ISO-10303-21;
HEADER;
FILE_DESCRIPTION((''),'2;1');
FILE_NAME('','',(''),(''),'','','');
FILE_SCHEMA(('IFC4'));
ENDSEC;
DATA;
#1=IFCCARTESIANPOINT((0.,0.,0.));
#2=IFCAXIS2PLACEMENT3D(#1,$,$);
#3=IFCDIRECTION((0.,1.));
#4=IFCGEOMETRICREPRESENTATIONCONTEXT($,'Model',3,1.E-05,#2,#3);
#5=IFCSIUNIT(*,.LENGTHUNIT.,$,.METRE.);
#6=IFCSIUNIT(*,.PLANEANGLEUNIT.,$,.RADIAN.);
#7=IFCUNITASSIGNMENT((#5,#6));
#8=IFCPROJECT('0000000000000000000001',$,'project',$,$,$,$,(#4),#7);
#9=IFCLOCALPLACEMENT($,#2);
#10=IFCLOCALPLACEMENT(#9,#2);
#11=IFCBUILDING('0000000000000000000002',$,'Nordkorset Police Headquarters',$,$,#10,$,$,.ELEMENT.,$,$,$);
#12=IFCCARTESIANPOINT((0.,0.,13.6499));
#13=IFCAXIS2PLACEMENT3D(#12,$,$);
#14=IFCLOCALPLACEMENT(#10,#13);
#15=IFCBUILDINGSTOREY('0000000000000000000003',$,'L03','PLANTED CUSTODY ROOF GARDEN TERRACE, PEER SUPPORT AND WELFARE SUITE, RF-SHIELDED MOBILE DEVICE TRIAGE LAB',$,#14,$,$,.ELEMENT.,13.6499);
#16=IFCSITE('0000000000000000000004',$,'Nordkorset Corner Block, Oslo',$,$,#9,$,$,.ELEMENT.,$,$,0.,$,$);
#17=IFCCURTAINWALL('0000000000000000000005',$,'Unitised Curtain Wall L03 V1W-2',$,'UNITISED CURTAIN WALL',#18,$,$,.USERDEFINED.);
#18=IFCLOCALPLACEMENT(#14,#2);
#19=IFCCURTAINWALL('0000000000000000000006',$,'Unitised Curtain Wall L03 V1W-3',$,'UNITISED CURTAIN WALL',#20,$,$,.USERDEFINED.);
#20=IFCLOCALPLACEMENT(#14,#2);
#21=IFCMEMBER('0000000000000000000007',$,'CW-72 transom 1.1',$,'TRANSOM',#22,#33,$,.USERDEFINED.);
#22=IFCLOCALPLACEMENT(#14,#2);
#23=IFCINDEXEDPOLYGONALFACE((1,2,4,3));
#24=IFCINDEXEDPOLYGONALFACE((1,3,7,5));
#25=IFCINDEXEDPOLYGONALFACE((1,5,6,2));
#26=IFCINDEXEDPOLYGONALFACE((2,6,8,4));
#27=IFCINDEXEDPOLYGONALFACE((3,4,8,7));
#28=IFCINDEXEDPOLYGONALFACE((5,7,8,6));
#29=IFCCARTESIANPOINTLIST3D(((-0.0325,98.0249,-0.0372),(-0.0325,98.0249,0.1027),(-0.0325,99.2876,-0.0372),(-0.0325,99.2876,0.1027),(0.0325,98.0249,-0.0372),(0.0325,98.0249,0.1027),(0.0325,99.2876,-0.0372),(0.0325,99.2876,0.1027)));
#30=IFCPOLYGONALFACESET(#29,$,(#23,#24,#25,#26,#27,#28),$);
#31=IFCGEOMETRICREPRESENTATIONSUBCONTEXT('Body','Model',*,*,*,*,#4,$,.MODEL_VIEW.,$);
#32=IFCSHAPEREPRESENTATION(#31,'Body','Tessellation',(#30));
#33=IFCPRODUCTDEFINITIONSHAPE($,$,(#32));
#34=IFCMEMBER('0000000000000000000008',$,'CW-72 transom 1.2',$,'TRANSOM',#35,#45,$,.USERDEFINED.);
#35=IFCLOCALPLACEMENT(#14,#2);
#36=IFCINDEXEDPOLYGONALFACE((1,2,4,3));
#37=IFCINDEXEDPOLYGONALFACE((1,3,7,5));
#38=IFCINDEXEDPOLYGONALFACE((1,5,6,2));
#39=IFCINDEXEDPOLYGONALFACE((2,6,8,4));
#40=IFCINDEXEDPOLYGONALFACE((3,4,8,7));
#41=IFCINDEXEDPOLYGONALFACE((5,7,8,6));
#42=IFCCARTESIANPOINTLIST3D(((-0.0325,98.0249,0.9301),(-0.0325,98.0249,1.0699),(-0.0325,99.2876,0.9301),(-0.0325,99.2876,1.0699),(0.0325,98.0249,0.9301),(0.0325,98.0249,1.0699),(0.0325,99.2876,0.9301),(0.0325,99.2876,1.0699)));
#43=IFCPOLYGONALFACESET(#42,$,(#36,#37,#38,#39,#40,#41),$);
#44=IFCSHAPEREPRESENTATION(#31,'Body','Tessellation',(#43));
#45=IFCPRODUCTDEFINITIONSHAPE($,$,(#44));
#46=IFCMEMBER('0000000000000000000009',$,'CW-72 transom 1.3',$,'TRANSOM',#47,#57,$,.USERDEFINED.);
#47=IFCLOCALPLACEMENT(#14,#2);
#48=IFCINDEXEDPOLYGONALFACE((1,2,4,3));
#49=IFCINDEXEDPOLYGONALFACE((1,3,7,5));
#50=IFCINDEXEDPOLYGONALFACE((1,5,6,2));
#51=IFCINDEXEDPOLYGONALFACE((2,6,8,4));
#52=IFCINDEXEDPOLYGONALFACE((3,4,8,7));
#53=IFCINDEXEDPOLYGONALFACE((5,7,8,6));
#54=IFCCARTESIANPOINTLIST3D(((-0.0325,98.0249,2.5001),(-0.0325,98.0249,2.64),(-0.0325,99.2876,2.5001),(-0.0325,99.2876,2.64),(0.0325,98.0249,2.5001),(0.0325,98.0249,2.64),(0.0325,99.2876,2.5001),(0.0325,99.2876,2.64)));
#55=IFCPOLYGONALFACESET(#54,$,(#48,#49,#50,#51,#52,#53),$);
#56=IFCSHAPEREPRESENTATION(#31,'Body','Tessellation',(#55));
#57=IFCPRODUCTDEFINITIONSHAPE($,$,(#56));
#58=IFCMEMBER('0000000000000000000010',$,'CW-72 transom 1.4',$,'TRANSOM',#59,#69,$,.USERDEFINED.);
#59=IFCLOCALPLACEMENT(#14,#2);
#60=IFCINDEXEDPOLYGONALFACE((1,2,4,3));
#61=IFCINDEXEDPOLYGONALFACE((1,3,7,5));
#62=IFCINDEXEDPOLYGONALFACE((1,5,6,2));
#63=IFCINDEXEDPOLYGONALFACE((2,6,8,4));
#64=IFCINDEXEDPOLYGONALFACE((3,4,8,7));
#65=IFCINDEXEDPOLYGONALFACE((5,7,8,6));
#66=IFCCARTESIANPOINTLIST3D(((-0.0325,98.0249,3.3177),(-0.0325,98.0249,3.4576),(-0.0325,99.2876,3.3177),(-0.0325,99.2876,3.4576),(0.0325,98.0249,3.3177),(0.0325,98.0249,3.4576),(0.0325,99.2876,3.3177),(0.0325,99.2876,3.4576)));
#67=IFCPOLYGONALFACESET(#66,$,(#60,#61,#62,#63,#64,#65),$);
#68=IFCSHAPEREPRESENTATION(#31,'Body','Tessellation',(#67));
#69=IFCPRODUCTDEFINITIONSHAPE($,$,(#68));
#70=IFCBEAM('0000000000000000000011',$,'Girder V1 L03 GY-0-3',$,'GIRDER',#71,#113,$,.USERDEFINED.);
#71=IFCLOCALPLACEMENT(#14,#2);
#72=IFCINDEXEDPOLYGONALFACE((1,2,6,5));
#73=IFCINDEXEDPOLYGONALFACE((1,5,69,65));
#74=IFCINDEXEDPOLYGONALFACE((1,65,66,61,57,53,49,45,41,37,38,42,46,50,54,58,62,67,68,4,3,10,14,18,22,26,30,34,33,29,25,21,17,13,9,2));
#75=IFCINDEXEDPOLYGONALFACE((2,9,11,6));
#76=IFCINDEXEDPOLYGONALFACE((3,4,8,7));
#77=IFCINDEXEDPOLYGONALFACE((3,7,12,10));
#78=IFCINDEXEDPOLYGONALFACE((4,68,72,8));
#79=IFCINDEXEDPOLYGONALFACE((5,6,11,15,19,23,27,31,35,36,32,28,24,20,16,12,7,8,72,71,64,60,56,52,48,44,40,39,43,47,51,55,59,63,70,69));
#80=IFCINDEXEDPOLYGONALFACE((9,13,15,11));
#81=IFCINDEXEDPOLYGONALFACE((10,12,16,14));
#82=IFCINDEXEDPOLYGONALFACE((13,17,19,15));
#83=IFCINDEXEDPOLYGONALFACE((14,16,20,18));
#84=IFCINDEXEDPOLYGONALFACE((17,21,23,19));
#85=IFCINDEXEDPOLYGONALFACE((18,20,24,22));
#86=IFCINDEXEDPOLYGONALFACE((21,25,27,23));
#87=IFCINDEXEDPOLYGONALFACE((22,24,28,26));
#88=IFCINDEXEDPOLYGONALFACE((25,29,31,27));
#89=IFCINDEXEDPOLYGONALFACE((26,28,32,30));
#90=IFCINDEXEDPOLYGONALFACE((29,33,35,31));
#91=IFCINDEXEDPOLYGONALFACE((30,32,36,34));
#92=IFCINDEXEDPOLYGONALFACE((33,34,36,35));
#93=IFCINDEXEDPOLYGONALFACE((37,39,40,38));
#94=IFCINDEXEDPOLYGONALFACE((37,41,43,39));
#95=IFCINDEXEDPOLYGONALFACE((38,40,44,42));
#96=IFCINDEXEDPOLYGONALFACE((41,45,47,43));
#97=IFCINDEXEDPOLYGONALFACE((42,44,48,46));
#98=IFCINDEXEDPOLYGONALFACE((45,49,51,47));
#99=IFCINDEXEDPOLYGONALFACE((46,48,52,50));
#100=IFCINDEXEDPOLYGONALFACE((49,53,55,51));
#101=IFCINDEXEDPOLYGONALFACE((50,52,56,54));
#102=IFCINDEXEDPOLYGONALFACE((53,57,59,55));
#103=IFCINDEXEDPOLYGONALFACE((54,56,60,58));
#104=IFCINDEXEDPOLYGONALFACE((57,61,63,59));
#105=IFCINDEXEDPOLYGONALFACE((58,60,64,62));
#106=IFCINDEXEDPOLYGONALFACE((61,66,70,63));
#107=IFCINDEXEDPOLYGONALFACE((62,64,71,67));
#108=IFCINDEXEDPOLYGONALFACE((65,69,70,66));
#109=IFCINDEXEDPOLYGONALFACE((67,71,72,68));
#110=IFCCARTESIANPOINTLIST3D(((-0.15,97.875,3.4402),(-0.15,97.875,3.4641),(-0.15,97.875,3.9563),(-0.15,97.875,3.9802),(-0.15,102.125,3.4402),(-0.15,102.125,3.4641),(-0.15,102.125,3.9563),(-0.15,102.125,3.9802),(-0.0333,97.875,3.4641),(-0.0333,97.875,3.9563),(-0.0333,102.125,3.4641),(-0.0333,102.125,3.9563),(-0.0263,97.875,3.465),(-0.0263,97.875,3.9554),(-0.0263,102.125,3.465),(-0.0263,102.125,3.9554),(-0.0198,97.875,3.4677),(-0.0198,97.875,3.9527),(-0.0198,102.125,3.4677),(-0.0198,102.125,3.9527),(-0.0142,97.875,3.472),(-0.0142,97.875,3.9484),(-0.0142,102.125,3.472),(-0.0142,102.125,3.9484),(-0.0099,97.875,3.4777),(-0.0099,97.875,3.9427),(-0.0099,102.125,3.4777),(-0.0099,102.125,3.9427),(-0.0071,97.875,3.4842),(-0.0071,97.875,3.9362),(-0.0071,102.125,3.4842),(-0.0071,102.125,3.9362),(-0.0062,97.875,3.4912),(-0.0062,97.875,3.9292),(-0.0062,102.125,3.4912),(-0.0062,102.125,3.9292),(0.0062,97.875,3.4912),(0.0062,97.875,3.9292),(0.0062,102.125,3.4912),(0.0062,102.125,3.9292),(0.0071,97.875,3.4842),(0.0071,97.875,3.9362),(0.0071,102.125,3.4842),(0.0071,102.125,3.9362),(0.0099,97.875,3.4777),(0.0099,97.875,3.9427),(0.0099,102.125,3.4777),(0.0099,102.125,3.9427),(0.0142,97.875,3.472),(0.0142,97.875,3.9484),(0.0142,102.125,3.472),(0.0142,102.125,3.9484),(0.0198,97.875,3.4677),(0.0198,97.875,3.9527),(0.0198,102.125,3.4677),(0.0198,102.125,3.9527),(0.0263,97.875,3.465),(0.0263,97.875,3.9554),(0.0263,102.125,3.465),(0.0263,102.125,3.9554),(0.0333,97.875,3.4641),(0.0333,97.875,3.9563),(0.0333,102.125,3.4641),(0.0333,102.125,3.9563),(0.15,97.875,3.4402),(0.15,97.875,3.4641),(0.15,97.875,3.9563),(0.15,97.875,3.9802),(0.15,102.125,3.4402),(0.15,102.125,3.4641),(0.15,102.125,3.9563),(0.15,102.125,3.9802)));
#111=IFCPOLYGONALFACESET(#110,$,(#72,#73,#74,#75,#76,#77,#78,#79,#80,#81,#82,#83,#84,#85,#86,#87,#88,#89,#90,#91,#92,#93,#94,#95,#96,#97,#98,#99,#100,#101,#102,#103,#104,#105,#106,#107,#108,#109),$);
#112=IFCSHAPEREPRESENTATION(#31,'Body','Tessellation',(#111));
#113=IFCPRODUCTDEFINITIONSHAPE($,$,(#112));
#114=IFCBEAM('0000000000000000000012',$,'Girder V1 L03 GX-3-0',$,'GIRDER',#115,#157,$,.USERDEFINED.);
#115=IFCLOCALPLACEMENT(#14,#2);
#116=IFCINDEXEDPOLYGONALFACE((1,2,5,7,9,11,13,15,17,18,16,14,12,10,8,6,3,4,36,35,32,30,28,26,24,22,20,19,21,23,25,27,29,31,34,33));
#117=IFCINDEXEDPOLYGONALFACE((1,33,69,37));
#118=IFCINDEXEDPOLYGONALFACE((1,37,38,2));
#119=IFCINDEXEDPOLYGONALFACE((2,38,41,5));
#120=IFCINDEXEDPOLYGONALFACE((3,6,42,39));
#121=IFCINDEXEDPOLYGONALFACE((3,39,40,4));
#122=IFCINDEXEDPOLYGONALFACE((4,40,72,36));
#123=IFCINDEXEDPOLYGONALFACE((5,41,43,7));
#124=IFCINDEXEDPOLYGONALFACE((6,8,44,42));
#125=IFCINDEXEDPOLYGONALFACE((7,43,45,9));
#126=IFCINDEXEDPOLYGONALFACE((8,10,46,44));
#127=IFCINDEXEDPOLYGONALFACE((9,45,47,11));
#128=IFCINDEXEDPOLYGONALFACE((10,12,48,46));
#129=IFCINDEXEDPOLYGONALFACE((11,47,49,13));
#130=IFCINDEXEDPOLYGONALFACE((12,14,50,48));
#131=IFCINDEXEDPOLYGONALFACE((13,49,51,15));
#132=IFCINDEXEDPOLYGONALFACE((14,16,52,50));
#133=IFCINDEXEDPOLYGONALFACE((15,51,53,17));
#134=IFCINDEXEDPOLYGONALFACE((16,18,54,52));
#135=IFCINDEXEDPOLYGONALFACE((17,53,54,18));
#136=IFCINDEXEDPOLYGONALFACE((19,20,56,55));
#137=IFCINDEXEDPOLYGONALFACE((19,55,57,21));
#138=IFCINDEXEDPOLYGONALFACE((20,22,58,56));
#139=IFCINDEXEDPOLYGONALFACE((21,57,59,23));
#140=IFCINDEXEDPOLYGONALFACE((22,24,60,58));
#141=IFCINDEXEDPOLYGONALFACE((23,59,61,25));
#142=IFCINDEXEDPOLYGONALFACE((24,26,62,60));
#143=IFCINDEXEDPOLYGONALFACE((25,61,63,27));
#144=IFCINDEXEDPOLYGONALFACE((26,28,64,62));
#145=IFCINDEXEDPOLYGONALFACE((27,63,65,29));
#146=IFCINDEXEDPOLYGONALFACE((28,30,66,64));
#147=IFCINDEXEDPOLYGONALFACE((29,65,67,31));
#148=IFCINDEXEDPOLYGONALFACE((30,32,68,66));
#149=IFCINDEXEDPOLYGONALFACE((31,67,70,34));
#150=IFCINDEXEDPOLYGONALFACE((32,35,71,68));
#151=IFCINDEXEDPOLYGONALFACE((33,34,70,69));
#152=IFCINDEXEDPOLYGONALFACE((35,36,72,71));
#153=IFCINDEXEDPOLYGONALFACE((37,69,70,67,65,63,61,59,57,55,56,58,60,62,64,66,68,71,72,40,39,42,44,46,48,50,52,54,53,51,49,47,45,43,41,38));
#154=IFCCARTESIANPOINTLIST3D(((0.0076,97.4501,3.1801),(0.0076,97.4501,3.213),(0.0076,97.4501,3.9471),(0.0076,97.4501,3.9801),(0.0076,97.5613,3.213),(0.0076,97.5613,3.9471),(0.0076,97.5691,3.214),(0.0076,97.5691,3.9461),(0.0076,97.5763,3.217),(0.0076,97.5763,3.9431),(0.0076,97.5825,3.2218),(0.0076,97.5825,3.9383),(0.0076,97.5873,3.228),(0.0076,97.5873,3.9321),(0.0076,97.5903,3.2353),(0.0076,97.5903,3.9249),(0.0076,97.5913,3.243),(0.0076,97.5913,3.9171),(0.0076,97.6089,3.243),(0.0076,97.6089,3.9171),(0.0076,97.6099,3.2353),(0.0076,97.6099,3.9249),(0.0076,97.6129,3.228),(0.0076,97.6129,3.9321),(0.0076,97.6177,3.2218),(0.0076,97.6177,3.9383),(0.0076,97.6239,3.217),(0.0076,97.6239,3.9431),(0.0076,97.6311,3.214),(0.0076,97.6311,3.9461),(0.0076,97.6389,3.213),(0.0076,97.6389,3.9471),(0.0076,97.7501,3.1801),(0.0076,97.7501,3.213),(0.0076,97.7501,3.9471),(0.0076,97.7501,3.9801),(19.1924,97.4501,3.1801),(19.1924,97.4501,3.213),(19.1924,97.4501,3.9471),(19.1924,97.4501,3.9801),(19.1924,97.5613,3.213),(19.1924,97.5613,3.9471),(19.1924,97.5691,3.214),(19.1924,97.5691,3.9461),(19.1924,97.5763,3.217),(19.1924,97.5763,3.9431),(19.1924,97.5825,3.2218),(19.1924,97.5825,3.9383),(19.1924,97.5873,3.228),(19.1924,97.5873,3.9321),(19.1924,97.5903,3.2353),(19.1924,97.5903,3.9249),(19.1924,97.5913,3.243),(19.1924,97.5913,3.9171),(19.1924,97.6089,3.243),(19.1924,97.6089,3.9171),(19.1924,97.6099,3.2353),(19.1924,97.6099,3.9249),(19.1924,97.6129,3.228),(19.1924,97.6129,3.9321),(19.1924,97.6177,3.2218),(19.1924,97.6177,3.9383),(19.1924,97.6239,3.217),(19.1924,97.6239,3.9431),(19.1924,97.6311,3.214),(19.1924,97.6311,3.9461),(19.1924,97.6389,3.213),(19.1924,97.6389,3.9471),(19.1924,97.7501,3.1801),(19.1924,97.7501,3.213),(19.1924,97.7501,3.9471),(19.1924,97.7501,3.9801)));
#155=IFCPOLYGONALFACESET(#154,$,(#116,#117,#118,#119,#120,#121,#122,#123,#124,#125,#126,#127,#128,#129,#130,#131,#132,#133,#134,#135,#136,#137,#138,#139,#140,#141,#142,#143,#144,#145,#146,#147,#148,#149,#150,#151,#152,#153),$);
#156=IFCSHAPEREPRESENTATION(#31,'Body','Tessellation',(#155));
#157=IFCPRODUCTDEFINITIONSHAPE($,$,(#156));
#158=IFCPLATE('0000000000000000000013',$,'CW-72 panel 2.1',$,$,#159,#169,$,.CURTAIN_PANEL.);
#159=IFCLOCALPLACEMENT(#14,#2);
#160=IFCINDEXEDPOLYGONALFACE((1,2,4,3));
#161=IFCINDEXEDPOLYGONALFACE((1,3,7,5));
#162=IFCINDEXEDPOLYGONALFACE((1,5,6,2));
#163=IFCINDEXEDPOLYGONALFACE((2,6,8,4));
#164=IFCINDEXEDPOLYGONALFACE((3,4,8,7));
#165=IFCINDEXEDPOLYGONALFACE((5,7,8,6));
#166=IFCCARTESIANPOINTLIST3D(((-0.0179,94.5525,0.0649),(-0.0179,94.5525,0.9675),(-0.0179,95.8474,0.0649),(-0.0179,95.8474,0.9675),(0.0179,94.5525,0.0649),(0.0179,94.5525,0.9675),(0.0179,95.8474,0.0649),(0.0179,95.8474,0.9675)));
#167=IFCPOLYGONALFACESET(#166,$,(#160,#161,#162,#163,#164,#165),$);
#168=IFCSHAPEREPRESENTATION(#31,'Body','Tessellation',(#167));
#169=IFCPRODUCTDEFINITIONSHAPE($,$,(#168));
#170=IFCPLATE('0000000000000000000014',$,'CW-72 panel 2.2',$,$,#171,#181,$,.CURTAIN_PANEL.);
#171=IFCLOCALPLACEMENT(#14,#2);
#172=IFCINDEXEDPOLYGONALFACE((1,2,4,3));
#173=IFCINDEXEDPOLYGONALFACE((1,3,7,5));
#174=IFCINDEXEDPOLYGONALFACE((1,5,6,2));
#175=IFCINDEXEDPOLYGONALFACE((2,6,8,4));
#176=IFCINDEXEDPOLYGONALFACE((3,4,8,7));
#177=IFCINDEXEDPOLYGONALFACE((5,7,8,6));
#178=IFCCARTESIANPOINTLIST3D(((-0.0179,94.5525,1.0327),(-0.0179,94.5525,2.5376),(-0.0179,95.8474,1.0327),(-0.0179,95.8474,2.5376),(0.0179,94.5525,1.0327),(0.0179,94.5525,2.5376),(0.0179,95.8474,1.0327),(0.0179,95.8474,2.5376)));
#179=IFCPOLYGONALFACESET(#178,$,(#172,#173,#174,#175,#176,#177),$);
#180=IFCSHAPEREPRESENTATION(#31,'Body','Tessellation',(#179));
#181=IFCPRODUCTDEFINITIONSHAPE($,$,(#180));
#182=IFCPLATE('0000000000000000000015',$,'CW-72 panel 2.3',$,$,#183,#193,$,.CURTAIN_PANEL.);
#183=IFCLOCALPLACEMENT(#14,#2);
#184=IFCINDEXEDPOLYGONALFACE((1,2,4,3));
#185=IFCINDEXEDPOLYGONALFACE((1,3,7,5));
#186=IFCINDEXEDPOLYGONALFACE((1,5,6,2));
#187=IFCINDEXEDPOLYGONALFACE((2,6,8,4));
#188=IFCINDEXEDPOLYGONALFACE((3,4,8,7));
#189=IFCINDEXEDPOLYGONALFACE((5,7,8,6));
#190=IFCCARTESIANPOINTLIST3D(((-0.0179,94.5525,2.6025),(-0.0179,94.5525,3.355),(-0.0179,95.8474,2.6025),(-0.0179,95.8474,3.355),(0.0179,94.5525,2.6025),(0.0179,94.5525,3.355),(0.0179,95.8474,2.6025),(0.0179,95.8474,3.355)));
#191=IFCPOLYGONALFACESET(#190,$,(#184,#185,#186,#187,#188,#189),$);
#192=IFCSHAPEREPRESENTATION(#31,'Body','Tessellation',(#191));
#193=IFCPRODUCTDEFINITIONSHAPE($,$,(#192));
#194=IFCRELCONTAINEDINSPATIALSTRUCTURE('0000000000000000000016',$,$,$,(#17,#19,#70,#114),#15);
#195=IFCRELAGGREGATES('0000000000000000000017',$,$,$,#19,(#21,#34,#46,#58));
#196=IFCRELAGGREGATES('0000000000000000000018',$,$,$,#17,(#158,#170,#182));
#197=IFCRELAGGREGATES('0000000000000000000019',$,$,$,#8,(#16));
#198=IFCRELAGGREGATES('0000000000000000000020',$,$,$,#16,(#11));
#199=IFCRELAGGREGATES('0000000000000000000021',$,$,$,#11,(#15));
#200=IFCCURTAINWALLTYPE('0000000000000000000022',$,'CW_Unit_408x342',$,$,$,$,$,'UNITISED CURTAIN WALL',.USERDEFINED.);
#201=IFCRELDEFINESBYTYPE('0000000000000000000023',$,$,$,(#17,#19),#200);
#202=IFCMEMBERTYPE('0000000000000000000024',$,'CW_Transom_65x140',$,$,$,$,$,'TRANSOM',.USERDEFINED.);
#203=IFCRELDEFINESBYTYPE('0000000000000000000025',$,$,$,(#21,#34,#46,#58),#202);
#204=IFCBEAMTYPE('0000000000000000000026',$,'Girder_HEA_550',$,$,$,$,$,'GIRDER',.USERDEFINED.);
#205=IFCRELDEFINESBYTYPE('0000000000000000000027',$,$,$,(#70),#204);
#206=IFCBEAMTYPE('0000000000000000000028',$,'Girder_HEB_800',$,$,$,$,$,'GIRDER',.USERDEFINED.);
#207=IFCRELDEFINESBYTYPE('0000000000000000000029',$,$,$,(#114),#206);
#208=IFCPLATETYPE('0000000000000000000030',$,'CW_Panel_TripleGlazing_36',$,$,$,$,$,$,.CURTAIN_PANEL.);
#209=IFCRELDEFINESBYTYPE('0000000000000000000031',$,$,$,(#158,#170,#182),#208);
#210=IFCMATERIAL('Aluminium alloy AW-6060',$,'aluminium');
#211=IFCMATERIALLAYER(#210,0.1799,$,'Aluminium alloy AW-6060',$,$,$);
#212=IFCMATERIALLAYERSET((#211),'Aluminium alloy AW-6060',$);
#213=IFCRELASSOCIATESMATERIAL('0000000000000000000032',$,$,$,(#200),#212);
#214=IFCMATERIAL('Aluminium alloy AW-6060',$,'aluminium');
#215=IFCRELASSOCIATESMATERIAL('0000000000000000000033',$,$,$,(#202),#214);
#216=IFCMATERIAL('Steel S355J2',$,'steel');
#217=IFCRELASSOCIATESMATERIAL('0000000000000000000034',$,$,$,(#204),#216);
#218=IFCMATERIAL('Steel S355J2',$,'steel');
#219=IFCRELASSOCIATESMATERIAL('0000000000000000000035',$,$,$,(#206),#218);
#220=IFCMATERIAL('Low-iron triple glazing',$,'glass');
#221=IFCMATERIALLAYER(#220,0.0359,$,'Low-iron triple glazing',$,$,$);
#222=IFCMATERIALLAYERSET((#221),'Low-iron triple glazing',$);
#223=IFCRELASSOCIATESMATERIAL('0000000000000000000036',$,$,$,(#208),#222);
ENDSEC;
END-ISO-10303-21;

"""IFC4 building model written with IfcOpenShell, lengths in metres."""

from ifc_helpers import new_model, si_unit, direction, frame, origin, origin_2d, place, context, subcontext, project, spatial, rectangle, i_section, extrude, material, layer, layer_set, material_profile, profile_set, type_object, element, aggregate, save


model = new_model("IFC4")

# Units and contexts
model_context = context("Model", 3, precision=1e-05, world=origin(), true_north=direction((0.0, 1.0)))
body_context = subcontext(model_context, "Body", "Model", "MODEL_VIEW")
ifc_project = project(units=[si_unit("LENGTHUNIT", "METRE"), si_unit("PLANEANGLEUNIT", "RADIAN")], contexts=[model_context])

# Site, building, storey
site_placement = place(None, origin())
site = spatial("IfcSite", under=ifc_project, at=site_placement, Name="Nordkorset Corner Block, Oslo", CompositionType="ELEMENT", RefElevation=0.0)
building_placement = place(site_placement, origin())
building = spatial("IfcBuilding", under=site, at=building_placement, Name="Nordkorset Police Headquarters", CompositionType="ELEMENT")
storey_placement = place(building_placement, frame((0.0, 0.0, 13.6499)))
storey = spatial("IfcBuildingStorey", under=building, at=storey_placement, Name="L03", Description="PLANTED CUSTODY ROOF GARDEN TERRACE, PEER SUPPORT AND WELFARE SUITE, RF-SHIELDED MOBILE DEVICE TRIAGE LAB", CompositionType="ELEMENT", Elevation=13.6499)

# Curtain wall
ifc_material_1 = material(Name="Aluminium alloy AW-6060", Category="aluminium")
ifc_layer_1 = layer(ifc_material_1, 0.1799, Name="Aluminium alloy AW-6060")
ifc_layer_set_1 = layer_set([ifc_layer_1], Name="Aluminium alloy AW-6060")
curtain_wall_type = type_object("IfcCurtainWallType", Name="CW_Unit_408x342", ElementType="UNITISED CURTAIN WALL", PredefinedType="USERDEFINED", material=ifc_layer_set_1)
curtain_wall_1_placement = place(storey_placement, origin())
curtain_wall_1 = element("IfcCurtainWall", 1, at=curtain_wall_1_placement, inside=storey, type_object=curtain_wall_type, Name="Unitised Curtain Wall L03 V1W-2", ObjectType="UNITISED CURTAIN WALL", PredefinedType="USERDEFINED")

# Curtain wall
curtain_wall_2_placement = place(storey_placement, origin())
curtain_wall_2 = element("IfcCurtainWall", 2, at=curtain_wall_2_placement, inside=storey, type_object=curtain_wall_type, Name="Unitised Curtain Wall L03 V1W-3", ObjectType="UNITISED CURTAIN WALL", PredefinedType="USERDEFINED")

# Members
ifc_material_2 = material(Name="Aluminium alloy AW-6060", Category="aluminium")
ifc_material_profile_1 = material_profile(ifc_material_2, rectangle(XDim=0.0649, YDim=0.1399, at=origin_2d()), Name="ALU TRAN 65x140")
ifc_profile_set_1 = profile_set([ifc_material_profile_1], Name="Aluminium alloy AW-6060")
member_type_1 = type_object("IfcMemberType", Name="CW_Transom_65x140", ElementType="TRANSOM", PredefinedType="USERDEFINED", material=ifc_profile_set_1)
member_1_placement = place(storey_placement, frame((0.0, 98.0249, 0.0327), z_axis=(0.0, 1.0, 0.0), x_axis=(-1.0, 0.0, 0.0)))
member_1 = element("IfcMember", 3, at=member_1_placement, type_object=member_type_1, Name="CW-72 transom 1.1", ObjectType="TRANSOM", PredefinedType="USERDEFINED", context=body_context, shape_type="SweptSolid", body=[
    extrude(rectangle(XDim=0.0649, YDim=0.1399, at=origin_2d()), origin(), (0.0, 0.0, 1.0), 1.2627),
])
member_2_placement = place(storey_placement, frame((0.0, 98.0249, 1.0), z_axis=(0.0, 1.0, 0.0), x_axis=(-1.0, 0.0, 0.0)))
member_2 = element("IfcMember", 4, at=member_2_placement, type_object=member_type_1, Name="CW-72 transom 1.2", ObjectType="TRANSOM", PredefinedType="USERDEFINED", context=body_context, shape_type="SweptSolid", body=[
    extrude(rectangle(XDim=0.0649, YDim=0.1399, at=origin_2d()), origin(), (0.0, 0.0, 1.0), 1.2627),
])
member_3_placement = place(storey_placement, frame((0.0, 98.0249, 2.5701), z_axis=(0.0, 1.0, 0.0), x_axis=(-1.0, 0.0, 0.0)))
member_3 = element("IfcMember", 5, at=member_3_placement, type_object=member_type_1, Name="CW-72 transom 1.3", ObjectType="TRANSOM", PredefinedType="USERDEFINED", context=body_context, shape_type="SweptSolid", body=[
    extrude(rectangle(XDim=0.0649, YDim=0.1399, at=origin_2d()), origin(), (0.0, 0.0, 1.0), 1.2627),
])
member_4_placement = place(storey_placement, frame((0.0, 98.0249, 3.3877), z_axis=(0.0, 1.0, 0.0), x_axis=(-1.0, 0.0, 0.0)))
member_4 = element("IfcMember", 6, at=member_4_placement, type_object=member_type_1, Name="CW-72 transom 1.4", ObjectType="TRANSOM", PredefinedType="USERDEFINED", context=body_context, shape_type="SweptSolid", body=[
    extrude(rectangle(XDim=0.0649, YDim=0.1399, at=origin_2d()), origin(), (0.0, 0.0, 1.0), 1.2627),
])
aggregate(curtain_wall_2, [member_1, member_2, member_3, member_4])

# Beams
ifc_material_3 = material(Name="Steel S355J2", Category="steel")
ifc_material_profile_2 = material_profile(ifc_material_3, i_section(OverallWidth=0.3, OverallDepth=0.54, WebThickness=0.0125, FlangeThickness=0.0239, FilletRadius=0.0271, at=origin_2d()), Name="HEA 550")
ifc_profile_set_2 = profile_set([ifc_material_profile_2], Name="Steel S355J2")
beam_type_1 = type_object("IfcBeamType", Name="Girder_HEA_550", ElementType="GIRDER", PredefinedType="USERDEFINED", material=ifc_profile_set_2)
beam_1_placement = place(storey_placement, frame((0.0, 97.875, 3.7102), z_axis=(0.0, 1.0, 0.0), x_axis=(-1.0, 0.0, 0.0)))
element("IfcBeam", 7, at=beam_1_placement, inside=storey, type_object=beam_type_1, Name="Girder V1 L03 GY-0-3", ObjectType="GIRDER", PredefinedType="USERDEFINED", context=body_context, shape_type="SweptSolid", body=[
    extrude(i_section(OverallWidth=0.3, OverallDepth=0.54, WebThickness=0.0125, FlangeThickness=0.0239, FilletRadius=0.0271, at=origin_2d()), origin(), (0.0, 0.0, 1.0), 4.25),
])
ifc_material_4 = material(Name="Steel S355J2", Category="steel")
ifc_material_profile_3 = material_profile(ifc_material_4, i_section(OverallWidth=0.3, OverallDepth=0.8, WebThickness=0.0176, FlangeThickness=0.033, FilletRadius=0.03, at=origin_2d()), Name="HEB 800")
ifc_profile_set_3 = profile_set([ifc_material_profile_3], Name="Steel S355J2")
beam_type_2 = type_object("IfcBeamType", Name="Girder_HEB_800", ElementType="GIRDER", PredefinedType="USERDEFINED", material=ifc_profile_set_3)
beam_2_placement = place(storey_placement, frame((0.0076, 97.6001, 3.5801), z_axis=(1.0, 0.0, 0.0), x_axis=(0.0, 1.0, 0.0)))
element("IfcBeam", 8, at=beam_2_placement, inside=storey, type_object=beam_type_2, Name="Girder V1 L03 GX-3-0", ObjectType="GIRDER", PredefinedType="USERDEFINED", context=body_context, shape_type="SweptSolid", body=[
    extrude(i_section(OverallWidth=0.3, OverallDepth=0.8, WebThickness=0.0176, FlangeThickness=0.033, FilletRadius=0.03, at=origin_2d()), origin(), (0.0, 0.0, 1.0), 19.1848),
])

# Plates
ifc_material_5 = material(Name="Low-iron triple glazing", Category="glass")
ifc_layer_2 = layer(ifc_material_5, 0.0359, Name="Low-iron triple glazing")
ifc_layer_set_2 = layer_set([ifc_layer_2], Name="Low-iron triple glazing")
plate_type = type_object("IfcPlateType", Name="CW_Panel_TripleGlazing_36", PredefinedType="CURTAIN_PANEL", material=ifc_layer_set_2)
plate_1_placement = place(storey_placement, frame((0.0, 95.2, 0.0649), z_axis=(0.0, 0.0, 1.0), x_axis=(0.0, 1.0, 0.0)))
plate_1 = element("IfcPlate", 9, at=plate_1_placement, type_object=plate_type, Name="CW-72 panel 2.1", PredefinedType="CURTAIN_PANEL", context=body_context, shape_type="SweptSolid", body=[
    extrude(rectangle(XDim=1.2949, YDim=0.0359, at=origin_2d()), origin(), (0.0, 0.0, 1.0), 0.9026),
])
plate_2_placement = place(storey_placement, frame((0.0, 95.2, 1.0327), z_axis=(0.0, 0.0, 1.0), x_axis=(0.0, 1.0, 0.0)))
plate_2 = element("IfcPlate", 10, at=plate_2_placement, type_object=plate_type, Name="CW-72 panel 2.2", PredefinedType="CURTAIN_PANEL", context=body_context, shape_type="SweptSolid", body=[
    extrude(rectangle(XDim=1.2949, YDim=0.0359, at=origin_2d()), origin(), (0.0, 0.0, 1.0), 1.5049),
])
plate_3_placement = place(storey_placement, frame((0.0, 95.2, 2.6025), z_axis=(0.0, 0.0, 1.0), x_axis=(0.0, 1.0, 0.0)))
plate_3 = element("IfcPlate", 11, at=plate_3_placement, type_object=plate_type, Name="CW-72 panel 2.3", PredefinedType="CURTAIN_PANEL", context=body_context, shape_type="SweptSolid", body=[
    extrude(rectangle(XDim=1.2949, YDim=0.0359, at=origin_2d()), origin(), (0.0, 0.0, 1.0), 0.7524),
])
aggregate(curtain_wall_1, [plate_1, plate_2, plate_3])

save(model, "model.ifc")
